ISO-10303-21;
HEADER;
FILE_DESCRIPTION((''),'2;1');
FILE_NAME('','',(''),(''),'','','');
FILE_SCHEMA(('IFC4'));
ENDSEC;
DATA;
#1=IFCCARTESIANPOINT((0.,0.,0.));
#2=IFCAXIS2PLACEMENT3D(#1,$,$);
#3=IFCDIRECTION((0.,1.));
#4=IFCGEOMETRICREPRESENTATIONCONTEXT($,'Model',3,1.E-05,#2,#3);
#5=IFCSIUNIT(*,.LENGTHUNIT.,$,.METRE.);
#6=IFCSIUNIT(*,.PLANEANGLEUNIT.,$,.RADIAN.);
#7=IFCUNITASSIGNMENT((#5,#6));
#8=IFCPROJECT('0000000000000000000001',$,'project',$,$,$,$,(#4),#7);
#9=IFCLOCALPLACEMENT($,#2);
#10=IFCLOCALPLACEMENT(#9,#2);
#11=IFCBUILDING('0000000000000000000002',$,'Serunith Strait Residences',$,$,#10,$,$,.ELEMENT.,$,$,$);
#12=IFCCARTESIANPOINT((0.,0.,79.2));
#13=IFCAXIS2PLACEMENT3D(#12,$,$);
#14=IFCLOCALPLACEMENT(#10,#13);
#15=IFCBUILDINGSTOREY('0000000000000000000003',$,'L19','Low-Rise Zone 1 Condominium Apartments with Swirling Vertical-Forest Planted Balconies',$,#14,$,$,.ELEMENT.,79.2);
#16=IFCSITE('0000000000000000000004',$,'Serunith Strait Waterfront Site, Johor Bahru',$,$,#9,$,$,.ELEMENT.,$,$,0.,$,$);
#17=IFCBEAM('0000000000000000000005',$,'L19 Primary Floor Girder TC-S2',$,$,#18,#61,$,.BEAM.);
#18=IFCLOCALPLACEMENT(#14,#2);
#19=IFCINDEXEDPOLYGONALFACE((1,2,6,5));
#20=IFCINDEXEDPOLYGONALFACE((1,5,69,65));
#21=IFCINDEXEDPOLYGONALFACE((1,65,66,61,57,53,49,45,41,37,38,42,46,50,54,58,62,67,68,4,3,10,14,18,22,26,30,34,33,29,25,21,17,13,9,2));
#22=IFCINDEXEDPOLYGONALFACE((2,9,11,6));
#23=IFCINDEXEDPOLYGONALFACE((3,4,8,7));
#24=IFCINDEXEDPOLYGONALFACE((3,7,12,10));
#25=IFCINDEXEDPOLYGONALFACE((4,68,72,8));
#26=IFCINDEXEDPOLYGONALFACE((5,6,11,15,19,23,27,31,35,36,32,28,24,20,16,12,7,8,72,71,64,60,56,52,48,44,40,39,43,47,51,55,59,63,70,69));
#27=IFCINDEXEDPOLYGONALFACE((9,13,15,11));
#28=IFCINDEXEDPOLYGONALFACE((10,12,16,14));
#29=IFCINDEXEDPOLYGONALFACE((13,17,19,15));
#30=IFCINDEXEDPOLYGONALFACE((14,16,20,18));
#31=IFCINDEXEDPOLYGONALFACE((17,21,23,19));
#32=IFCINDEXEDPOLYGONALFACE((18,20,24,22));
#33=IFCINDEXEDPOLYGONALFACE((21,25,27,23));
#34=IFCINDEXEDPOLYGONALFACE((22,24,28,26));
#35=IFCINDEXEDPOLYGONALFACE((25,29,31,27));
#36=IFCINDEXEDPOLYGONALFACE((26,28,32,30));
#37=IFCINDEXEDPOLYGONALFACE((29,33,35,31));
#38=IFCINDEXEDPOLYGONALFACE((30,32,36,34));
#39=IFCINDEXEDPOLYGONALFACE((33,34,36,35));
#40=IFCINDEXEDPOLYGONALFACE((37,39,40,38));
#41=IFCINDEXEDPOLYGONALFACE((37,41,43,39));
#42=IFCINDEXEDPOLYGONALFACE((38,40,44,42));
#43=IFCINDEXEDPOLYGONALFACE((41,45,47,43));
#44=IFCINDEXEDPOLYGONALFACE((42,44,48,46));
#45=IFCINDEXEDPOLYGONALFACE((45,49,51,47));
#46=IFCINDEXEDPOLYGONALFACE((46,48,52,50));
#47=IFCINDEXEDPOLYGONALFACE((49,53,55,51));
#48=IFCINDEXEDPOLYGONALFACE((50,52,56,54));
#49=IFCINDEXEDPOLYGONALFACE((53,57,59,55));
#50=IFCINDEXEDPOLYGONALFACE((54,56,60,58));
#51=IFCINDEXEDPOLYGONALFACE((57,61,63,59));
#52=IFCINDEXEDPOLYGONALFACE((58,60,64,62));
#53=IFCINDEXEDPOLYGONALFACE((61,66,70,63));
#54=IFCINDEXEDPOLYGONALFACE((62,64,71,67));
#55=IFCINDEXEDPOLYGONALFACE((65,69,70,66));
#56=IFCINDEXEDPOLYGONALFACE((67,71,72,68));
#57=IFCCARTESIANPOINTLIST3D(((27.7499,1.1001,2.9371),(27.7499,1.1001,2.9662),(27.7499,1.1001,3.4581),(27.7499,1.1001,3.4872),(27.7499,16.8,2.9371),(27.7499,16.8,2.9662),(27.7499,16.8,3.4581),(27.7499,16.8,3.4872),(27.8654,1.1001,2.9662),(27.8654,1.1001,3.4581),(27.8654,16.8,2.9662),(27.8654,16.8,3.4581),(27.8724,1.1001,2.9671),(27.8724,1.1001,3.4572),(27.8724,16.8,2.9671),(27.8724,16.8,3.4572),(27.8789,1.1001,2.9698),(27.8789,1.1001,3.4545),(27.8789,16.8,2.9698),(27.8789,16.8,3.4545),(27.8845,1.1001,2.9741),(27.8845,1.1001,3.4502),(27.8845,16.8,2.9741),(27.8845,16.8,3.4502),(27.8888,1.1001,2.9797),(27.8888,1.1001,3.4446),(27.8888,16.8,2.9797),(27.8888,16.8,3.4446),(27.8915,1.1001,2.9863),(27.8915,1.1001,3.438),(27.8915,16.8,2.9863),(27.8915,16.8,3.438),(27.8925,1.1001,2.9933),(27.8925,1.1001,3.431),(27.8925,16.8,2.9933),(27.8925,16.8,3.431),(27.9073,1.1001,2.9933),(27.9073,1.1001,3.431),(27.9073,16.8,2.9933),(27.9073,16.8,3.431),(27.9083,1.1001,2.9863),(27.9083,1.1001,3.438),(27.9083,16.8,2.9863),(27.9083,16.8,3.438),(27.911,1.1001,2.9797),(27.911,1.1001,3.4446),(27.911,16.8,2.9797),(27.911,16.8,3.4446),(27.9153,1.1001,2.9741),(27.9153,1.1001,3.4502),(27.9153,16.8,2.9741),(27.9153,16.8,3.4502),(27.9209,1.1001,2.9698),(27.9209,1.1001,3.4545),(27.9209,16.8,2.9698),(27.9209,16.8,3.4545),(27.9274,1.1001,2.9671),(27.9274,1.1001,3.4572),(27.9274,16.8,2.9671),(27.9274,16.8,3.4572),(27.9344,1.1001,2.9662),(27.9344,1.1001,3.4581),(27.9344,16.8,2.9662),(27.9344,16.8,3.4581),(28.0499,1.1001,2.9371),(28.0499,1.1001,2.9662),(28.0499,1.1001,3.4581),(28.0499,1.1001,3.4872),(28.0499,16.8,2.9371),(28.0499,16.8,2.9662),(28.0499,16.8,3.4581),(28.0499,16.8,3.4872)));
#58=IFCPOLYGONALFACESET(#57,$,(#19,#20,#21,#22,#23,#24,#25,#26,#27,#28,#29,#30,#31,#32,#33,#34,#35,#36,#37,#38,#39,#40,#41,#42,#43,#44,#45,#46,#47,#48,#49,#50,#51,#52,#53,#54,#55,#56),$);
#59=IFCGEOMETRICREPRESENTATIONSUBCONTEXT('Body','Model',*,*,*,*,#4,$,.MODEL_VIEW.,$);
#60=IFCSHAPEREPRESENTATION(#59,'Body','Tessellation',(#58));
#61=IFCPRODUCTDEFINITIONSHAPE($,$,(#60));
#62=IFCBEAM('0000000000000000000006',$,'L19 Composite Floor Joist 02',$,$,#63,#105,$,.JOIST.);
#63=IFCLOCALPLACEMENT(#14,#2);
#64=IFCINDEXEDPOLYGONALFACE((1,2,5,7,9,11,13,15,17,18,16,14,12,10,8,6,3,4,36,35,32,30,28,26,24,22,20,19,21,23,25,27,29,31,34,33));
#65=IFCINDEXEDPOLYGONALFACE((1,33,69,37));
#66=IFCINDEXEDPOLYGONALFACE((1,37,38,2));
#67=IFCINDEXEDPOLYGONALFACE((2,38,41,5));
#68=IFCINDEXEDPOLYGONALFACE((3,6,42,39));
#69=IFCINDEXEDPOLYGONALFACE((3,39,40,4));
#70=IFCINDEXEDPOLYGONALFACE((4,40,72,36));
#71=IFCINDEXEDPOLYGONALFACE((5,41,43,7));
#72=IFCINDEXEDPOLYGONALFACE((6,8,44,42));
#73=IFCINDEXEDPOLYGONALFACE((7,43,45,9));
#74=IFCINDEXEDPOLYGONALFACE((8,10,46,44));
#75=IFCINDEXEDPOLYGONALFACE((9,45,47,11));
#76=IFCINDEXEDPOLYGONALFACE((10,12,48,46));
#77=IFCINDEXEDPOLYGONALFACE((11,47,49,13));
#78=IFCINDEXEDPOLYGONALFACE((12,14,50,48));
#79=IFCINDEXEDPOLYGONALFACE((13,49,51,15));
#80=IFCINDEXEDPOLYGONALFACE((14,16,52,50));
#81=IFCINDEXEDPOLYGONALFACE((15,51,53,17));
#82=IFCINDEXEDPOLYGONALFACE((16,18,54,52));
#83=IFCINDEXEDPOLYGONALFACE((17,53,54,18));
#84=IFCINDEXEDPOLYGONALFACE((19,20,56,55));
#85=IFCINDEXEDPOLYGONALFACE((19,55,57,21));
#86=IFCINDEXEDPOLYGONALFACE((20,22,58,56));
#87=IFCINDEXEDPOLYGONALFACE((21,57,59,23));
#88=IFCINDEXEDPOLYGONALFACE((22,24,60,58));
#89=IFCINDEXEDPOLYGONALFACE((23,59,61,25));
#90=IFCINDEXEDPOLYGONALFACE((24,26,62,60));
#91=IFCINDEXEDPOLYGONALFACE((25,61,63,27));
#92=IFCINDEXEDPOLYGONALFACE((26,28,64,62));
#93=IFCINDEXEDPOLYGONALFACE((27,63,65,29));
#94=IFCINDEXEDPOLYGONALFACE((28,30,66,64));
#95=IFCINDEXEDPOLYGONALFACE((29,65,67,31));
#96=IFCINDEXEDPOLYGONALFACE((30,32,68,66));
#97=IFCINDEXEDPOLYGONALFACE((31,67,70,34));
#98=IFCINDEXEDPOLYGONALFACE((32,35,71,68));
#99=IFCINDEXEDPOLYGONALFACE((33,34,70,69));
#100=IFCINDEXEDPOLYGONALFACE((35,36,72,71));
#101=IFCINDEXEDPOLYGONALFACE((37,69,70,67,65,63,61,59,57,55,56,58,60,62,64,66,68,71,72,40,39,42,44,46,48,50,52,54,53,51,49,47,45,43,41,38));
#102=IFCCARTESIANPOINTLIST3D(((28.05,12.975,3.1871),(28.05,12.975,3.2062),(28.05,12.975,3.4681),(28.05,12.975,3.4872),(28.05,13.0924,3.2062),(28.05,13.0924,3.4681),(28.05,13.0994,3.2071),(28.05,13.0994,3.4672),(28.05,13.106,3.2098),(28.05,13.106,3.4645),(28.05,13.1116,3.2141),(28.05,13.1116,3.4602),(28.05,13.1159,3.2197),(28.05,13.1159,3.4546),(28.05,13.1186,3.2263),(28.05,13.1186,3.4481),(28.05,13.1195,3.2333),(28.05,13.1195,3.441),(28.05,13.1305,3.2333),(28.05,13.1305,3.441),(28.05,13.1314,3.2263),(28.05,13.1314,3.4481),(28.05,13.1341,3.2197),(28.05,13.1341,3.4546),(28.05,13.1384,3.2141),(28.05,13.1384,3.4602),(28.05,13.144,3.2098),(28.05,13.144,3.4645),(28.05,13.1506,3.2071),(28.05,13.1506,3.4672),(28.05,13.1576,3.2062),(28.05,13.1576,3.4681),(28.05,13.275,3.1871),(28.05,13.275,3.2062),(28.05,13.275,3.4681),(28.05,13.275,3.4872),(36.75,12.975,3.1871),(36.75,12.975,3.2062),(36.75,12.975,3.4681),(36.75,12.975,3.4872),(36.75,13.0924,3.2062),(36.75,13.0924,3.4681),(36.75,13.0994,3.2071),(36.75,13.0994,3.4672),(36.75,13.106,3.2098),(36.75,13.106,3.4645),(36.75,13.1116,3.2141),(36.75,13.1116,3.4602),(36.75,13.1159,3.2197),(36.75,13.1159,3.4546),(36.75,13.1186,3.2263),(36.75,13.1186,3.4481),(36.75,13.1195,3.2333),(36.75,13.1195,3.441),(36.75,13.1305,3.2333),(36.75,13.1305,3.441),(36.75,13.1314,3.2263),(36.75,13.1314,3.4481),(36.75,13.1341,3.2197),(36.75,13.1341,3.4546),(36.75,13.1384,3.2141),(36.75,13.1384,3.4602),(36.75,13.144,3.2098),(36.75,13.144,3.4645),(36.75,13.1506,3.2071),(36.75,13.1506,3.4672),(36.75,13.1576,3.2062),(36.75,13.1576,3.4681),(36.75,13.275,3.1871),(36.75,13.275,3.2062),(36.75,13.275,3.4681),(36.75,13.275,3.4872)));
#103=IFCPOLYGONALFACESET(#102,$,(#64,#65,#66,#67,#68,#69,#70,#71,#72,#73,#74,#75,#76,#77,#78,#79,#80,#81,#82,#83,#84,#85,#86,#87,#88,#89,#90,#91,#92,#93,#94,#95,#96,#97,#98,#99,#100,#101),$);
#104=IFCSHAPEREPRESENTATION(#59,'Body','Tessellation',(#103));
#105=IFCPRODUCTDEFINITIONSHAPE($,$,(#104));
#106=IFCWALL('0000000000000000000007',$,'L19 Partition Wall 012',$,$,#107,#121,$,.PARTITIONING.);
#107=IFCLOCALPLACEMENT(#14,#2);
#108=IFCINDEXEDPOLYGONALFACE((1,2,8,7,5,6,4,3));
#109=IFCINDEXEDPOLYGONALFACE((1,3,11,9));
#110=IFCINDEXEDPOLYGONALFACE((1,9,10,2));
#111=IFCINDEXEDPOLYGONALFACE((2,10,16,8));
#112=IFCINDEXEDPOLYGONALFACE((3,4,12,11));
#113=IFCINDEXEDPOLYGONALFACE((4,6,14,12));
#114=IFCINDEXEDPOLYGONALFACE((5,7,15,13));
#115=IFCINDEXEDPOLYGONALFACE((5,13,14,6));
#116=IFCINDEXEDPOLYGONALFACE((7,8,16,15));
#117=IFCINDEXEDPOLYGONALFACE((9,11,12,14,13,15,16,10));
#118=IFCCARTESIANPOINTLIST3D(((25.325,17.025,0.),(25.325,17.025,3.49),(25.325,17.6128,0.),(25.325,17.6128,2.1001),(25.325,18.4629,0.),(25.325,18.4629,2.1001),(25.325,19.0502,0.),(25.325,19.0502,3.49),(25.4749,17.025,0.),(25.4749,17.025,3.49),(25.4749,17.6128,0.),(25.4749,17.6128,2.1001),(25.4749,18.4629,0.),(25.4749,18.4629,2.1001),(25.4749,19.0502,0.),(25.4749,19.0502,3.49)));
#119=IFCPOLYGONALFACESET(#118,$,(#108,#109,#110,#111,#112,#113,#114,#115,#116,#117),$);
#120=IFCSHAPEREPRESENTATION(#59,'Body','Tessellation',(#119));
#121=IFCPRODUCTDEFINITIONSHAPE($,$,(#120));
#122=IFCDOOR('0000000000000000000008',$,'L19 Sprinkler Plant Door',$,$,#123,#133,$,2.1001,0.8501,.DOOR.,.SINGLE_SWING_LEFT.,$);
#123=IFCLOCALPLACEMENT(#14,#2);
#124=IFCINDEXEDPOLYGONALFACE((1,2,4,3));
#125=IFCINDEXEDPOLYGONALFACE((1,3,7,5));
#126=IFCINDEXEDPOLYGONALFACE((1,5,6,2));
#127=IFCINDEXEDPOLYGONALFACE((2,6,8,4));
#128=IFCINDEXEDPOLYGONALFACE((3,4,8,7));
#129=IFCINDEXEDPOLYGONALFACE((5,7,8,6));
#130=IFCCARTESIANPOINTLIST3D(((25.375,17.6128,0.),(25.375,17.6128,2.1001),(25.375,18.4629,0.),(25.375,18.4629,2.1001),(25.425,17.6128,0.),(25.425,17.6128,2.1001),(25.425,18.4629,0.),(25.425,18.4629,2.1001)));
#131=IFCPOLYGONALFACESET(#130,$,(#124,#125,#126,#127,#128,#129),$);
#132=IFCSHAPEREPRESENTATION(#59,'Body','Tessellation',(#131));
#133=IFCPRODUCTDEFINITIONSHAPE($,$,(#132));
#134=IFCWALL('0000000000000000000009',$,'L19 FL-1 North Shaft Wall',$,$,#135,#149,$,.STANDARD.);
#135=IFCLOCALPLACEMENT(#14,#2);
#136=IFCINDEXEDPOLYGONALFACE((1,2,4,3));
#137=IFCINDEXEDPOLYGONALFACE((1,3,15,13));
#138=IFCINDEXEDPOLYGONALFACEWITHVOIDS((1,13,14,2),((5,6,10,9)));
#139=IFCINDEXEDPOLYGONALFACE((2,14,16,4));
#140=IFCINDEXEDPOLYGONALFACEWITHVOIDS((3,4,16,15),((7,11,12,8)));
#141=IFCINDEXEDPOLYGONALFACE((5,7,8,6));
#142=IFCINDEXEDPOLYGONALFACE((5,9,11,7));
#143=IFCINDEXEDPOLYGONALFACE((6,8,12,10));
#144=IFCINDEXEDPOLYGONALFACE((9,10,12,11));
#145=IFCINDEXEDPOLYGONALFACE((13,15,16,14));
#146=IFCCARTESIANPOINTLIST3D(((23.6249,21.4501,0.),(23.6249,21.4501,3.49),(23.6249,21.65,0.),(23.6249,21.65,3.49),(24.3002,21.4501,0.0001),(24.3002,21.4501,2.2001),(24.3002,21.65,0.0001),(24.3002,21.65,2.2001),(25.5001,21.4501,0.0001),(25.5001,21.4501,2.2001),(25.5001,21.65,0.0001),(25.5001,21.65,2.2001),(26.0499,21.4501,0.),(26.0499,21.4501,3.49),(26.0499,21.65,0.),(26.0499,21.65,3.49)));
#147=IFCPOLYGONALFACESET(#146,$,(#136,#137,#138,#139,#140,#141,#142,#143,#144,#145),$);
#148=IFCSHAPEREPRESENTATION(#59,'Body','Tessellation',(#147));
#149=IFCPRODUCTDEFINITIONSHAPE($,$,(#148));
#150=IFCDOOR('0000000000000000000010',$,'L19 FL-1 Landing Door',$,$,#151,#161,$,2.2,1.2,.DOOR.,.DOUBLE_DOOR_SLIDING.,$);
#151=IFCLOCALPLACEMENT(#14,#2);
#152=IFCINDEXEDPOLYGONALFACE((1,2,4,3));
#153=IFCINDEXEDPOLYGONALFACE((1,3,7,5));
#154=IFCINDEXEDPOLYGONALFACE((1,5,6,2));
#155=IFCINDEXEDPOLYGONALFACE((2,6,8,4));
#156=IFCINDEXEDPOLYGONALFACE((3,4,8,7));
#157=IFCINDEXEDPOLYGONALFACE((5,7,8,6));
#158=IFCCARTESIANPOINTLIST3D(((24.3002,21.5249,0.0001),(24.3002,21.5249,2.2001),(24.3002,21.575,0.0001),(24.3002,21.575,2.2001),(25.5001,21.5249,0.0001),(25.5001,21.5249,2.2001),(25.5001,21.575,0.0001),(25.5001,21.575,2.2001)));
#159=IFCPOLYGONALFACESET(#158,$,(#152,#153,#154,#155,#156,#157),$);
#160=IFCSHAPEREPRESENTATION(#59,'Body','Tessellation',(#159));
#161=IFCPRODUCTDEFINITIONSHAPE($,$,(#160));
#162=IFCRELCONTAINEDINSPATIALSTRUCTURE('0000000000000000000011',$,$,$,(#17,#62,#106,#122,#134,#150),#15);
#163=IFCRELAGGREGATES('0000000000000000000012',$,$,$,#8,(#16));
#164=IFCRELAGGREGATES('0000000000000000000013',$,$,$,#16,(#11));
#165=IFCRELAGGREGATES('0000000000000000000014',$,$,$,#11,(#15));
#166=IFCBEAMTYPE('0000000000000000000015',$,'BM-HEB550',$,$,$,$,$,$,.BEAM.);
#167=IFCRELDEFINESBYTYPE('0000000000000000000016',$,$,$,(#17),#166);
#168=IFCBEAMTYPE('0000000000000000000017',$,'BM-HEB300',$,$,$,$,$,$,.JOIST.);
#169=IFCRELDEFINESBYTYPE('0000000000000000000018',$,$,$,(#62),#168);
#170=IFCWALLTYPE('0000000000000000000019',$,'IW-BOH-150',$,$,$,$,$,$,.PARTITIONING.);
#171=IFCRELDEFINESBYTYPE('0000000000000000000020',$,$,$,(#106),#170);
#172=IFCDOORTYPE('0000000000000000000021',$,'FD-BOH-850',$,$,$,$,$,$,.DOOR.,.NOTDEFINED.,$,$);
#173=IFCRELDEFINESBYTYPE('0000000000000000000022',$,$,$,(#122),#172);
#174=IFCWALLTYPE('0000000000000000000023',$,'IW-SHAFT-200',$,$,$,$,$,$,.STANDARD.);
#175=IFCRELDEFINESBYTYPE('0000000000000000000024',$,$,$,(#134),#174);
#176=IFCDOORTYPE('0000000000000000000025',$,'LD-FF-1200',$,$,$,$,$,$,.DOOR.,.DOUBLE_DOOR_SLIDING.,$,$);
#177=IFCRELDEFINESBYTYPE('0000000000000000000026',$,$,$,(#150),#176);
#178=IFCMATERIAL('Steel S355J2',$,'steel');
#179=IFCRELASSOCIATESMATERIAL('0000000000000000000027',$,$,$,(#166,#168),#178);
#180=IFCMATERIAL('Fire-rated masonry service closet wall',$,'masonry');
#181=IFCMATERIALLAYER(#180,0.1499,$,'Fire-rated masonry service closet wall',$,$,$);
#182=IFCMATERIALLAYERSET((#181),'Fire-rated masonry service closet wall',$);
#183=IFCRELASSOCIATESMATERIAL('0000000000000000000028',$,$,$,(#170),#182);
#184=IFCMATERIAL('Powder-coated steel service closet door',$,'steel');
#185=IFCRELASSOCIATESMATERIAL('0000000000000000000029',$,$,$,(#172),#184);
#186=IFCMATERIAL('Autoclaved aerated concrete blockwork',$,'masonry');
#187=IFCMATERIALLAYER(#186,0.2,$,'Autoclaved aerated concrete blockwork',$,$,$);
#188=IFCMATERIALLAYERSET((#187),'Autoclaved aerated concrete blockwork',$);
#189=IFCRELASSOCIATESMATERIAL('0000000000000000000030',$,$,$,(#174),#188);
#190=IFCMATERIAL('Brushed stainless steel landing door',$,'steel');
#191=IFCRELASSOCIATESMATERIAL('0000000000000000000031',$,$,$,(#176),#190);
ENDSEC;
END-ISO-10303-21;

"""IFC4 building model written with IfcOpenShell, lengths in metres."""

from ifc_helpers import new_model, si_unit, direction, frame, frame_2d, origin, origin_2d, place, context, subcontext, project, spatial, rectangle, i_section, extrude, source, transform, mapped, material, layer, layer_set, material_profile, profile_set, type_object, element, fill, save


model = new_model("IFC4")

# Units and contexts
model_context = context("Model", 3, precision=1e-05, world=origin(), true_north=direction((0.0, 1.0)))
body_context = subcontext(model_context, "Body", "Model", "MODEL_VIEW")
ifc_project = project(units=[si_unit("LENGTHUNIT", "METRE"), si_unit("PLANEANGLEUNIT", "RADIAN")], contexts=[model_context])

# Site, building, storey
site_placement = place(None, origin())
site = spatial("IfcSite", under=ifc_project, at=site_placement, Name="Serunith Strait Waterfront Site, Johor Bahru", CompositionType="ELEMENT", RefElevation=0.0)
building_placement = place(site_placement, origin())
building = spatial("IfcBuilding", under=site, at=building_placement, Name="Serunith Strait Residences", CompositionType="ELEMENT")
storey_placement = place(building_placement, frame((0.0, 0.0, 79.2)))
storey = spatial("IfcBuildingStorey", under=building, at=storey_placement, Name="L19", Description="Low-Rise Zone 1 Condominium Apartments with Swirling Vertical-Forest Planted Balconies", CompositionType="ELEMENT", Elevation=79.2)

# Beams
ifc_material_1 = material(Name="Steel S355J2", Category="steel")
ifc_material_profile_1 = material_profile(ifc_material_1, i_section(OverallWidth=0.3, OverallDepth=0.55, WebThickness=0.0149, FlangeThickness=0.0291, FilletRadius=0.0271, at=origin_2d()), Name="HEB 550")
ifc_profile_set_1 = profile_set([ifc_material_profile_1], Name="Steel S355J2")
beam_type_1 = type_object("IfcBeamType", Name="BM-HEB550", PredefinedType="BEAM", material=ifc_profile_set_1)
shared_shape_1 = source(origin(), body_context, "Body", "SweptSolid", [
    extrude(i_section(OverallWidth=0.3, OverallDepth=0.55, WebThickness=0.0149, FlangeThickness=0.0291, FilletRadius=0.0271, at=origin_2d()), origin(), (0.0, 0.0, 1.0), 15.7),
])
beam_1_placement = place(storey_placement, frame((27.8999, 16.8, 3.2122), z_axis=(0.0, -1.0, 0.0), x_axis=(1.0, 0.0, 0.0)))
element("IfcBeam", 1, at=beam_1_placement, inside=storey, type_object=beam_type_1, Name="L19 Primary Floor Girder TC-S2", PredefinedType="BEAM", context=body_context, shape_type="MappedRepresentation", body=[
    mapped(shared_shape_1, transform((0.0, 0.0, 0.0), scale=1.0)),
])
ifc_material_profile_2 = material_profile(ifc_material_1, i_section(OverallWidth=0.3, OverallDepth=0.3, WebThickness=0.011, FlangeThickness=0.019, FilletRadius=0.0271, at=origin_2d()), Name="HEB 300")
ifc_profile_set_2 = profile_set([ifc_material_profile_2], Name="Steel S355J2")
beam_type_2 = type_object("IfcBeamType", Name="BM-HEB300", PredefinedType="JOIST", material=ifc_profile_set_2)
shared_shape_2 = source(origin(), body_context, "Body", "SweptSolid", [
    extrude(i_section(OverallWidth=0.3, OverallDepth=0.3, WebThickness=0.011, FlangeThickness=0.019, FilletRadius=0.0271, at=origin_2d()), origin(), (0.0, 0.0, 1.0), 8.7),
])
beam_2_placement = place(storey_placement, frame((28.05, 13.125, 3.3372), z_axis=(1.0, 0.0, 0.0), x_axis=(0.0, 1.0, 0.0)))
element("IfcBeam", 2, at=beam_2_placement, inside=storey, type_object=beam_type_2, Name="L19 Composite Floor Joist 02", PredefinedType="JOIST", context=body_context, shape_type="MappedRepresentation", body=[
    mapped(shared_shape_2, transform((0.0, 0.0, 0.0), scale=1.0)),
])

# Walls, openings, doors
ifc_material_2 = material(Name="Fire-rated masonry service closet wall", Category="masonry")
ifc_layer_1 = layer(ifc_material_2, 0.1499, Name="Fire-rated masonry service closet wall")
ifc_layer_set_1 = layer_set([ifc_layer_1], Name="Fire-rated masonry service closet wall")
wall_type_1 = type_object("IfcWallType", Name="IW-BOH-150", PredefinedType="PARTITIONING", material=ifc_layer_set_1)
wall_1_placement = place(storey_placement, frame((25.3999, 17.0249, 0.0), z_axis=(0.0, 0.0, 1.0), x_axis=(0.0, 1.0, 0.0)))
wall_1 = element("IfcWall", 3, at=wall_1_placement, inside=storey, type_object=wall_type_1, Name="L19 Partition Wall 012", PredefinedType="PARTITIONING", context=body_context, shape_type="SweptSolid", body=[
    extrude(rectangle(XDim=2.0251, YDim=0.1499, at=frame_2d((1.0127, 0.0))), origin(), (0.0, 0.0, 1.0), 3.49),
])
opening_1_placement = place(wall_1_placement, frame((0.5879, 0.0, 0.0)))
opening_1 = element("IfcOpeningElement", 4, at=opening_1_placement, cuts=wall_1, PredefinedType="OPENING", context=body_context, shape_type="SweptSolid", body=[
    extrude(rectangle(XDim=0.8501, YDim=2.1001, at=frame_2d((0.425, 1.05))), frame((0.0, 0.085, 0.0), z_axis=(0.0, -1.0, 0.0), x_axis=(1.0, 0.0, 0.0)), (0.0, 0.0, 1.0), 0.1699),
])
ifc_material_3 = material(Name="Powder-coated steel service closet door", Category="steel")
door_type_1 = type_object("IfcDoorType", Name="FD-BOH-850", OperationType="NOTDEFINED", PredefinedType="DOOR", material=ifc_material_3)
shared_shape_3 = source(origin(), body_context, "Body", "SweptSolid", [
    extrude(rectangle(XDim=0.8501, YDim=2.1001, at=frame_2d((0.425, 1.05))), frame((0.0, 0.0249, 0.0), z_axis=(0.0, -1.0, 0.0), x_axis=(1.0, 0.0, 0.0)), (0.0, 0.0, 1.0), 0.05),
])
door_1_placement = place(opening_1_placement, origin())
door_1 = element("IfcDoor", 5, at=door_1_placement, inside=storey, type_object=door_type_1, Name="L19 Sprinkler Plant Door", OperationType="SINGLE_SWING_LEFT", OverallHeight=2.1001, OverallWidth=0.8501, PredefinedType="DOOR", context=body_context, shape_type="MappedRepresentation", body=[
    mapped(shared_shape_3, transform((0.0, 0.0, 0.0), scale=1.0)),
])
fill(opening_1, door_1)
ifc_material_4 = material(Name="Autoclaved aerated concrete blockwork", Category="masonry")
ifc_layer_2 = layer(ifc_material_4, 0.2, Name="Autoclaved aerated concrete blockwork")
ifc_layer_set_2 = layer_set([ifc_layer_2], Name="Autoclaved aerated concrete blockwork")
wall_type_2 = type_object("IfcWallType", Name="IW-SHAFT-200", PredefinedType="STANDARD", material=ifc_layer_set_2)
wall_2_placement = place(storey_placement, frame((23.625, 21.55, 0.0), z_axis=(0.0, 0.0, 1.0), x_axis=(1.0, 0.0, 0.0)))
wall_2 = element("IfcWall", 6, at=wall_2_placement, inside=storey, type_object=wall_type_2, Name="L19 FL-1 North Shaft Wall", PredefinedType="STANDARD", context=body_context, shape_type="SweptSolid", body=[
    extrude(rectangle(XDim=2.425, YDim=0.2, at=frame_2d((1.2124, 0.0))), origin(), (0.0, 0.0, 1.0), 3.49),
])
opening_2_placement = place(wall_2_placement, frame((0.675, 0.0, 0.0)))
opening_2 = element("IfcOpeningElement", 7, at=opening_2_placement, cuts=wall_2, PredefinedType="OPENING", context=body_context, shape_type="SweptSolid", body=[
    extrude(rectangle(XDim=1.2, YDim=2.2, at=frame_2d((0.6001, 1.1001))), frame((0.0, 0.1099, 0.0), z_axis=(0.0, -1.0, 0.0), x_axis=(1.0, 0.0, 0.0)), (0.0, 0.0, 1.0), 0.22),
])
ifc_material_5 = material(Name="Brushed stainless steel landing door", Category="steel")
door_type_2 = type_object("IfcDoorType", Name="LD-FF-1200", OperationType="DOUBLE_DOOR_SLIDING", PredefinedType="DOOR", material=ifc_material_5)
shared_shape_4 = source(origin(), body_context, "Body", "SweptSolid", [
    extrude(rectangle(XDim=1.2, YDim=2.2, at=frame_2d((0.6001, 1.1001))), frame((0.0, 0.0249, 0.0), z_axis=(0.0, -1.0, 0.0), x_axis=(1.0, 0.0, 0.0)), (0.0, 0.0, 1.0), 0.05),
])
door_2_placement = place(opening_2_placement, origin())
door_2 = element("IfcDoor", 8, at=door_2_placement, inside=storey, type_object=door_type_2, Name="L19 FL-1 Landing Door", OperationType="DOUBLE_DOOR_SLIDING", OverallHeight=2.2, OverallWidth=1.2, PredefinedType="DOOR", context=body_context, shape_type="MappedRepresentation", body=[
    mapped(shared_shape_4, transform((0.0, 0.0, 0.0), scale=1.0)),
])
fill(opening_2, door_2)

save(model, "model.ifc")
